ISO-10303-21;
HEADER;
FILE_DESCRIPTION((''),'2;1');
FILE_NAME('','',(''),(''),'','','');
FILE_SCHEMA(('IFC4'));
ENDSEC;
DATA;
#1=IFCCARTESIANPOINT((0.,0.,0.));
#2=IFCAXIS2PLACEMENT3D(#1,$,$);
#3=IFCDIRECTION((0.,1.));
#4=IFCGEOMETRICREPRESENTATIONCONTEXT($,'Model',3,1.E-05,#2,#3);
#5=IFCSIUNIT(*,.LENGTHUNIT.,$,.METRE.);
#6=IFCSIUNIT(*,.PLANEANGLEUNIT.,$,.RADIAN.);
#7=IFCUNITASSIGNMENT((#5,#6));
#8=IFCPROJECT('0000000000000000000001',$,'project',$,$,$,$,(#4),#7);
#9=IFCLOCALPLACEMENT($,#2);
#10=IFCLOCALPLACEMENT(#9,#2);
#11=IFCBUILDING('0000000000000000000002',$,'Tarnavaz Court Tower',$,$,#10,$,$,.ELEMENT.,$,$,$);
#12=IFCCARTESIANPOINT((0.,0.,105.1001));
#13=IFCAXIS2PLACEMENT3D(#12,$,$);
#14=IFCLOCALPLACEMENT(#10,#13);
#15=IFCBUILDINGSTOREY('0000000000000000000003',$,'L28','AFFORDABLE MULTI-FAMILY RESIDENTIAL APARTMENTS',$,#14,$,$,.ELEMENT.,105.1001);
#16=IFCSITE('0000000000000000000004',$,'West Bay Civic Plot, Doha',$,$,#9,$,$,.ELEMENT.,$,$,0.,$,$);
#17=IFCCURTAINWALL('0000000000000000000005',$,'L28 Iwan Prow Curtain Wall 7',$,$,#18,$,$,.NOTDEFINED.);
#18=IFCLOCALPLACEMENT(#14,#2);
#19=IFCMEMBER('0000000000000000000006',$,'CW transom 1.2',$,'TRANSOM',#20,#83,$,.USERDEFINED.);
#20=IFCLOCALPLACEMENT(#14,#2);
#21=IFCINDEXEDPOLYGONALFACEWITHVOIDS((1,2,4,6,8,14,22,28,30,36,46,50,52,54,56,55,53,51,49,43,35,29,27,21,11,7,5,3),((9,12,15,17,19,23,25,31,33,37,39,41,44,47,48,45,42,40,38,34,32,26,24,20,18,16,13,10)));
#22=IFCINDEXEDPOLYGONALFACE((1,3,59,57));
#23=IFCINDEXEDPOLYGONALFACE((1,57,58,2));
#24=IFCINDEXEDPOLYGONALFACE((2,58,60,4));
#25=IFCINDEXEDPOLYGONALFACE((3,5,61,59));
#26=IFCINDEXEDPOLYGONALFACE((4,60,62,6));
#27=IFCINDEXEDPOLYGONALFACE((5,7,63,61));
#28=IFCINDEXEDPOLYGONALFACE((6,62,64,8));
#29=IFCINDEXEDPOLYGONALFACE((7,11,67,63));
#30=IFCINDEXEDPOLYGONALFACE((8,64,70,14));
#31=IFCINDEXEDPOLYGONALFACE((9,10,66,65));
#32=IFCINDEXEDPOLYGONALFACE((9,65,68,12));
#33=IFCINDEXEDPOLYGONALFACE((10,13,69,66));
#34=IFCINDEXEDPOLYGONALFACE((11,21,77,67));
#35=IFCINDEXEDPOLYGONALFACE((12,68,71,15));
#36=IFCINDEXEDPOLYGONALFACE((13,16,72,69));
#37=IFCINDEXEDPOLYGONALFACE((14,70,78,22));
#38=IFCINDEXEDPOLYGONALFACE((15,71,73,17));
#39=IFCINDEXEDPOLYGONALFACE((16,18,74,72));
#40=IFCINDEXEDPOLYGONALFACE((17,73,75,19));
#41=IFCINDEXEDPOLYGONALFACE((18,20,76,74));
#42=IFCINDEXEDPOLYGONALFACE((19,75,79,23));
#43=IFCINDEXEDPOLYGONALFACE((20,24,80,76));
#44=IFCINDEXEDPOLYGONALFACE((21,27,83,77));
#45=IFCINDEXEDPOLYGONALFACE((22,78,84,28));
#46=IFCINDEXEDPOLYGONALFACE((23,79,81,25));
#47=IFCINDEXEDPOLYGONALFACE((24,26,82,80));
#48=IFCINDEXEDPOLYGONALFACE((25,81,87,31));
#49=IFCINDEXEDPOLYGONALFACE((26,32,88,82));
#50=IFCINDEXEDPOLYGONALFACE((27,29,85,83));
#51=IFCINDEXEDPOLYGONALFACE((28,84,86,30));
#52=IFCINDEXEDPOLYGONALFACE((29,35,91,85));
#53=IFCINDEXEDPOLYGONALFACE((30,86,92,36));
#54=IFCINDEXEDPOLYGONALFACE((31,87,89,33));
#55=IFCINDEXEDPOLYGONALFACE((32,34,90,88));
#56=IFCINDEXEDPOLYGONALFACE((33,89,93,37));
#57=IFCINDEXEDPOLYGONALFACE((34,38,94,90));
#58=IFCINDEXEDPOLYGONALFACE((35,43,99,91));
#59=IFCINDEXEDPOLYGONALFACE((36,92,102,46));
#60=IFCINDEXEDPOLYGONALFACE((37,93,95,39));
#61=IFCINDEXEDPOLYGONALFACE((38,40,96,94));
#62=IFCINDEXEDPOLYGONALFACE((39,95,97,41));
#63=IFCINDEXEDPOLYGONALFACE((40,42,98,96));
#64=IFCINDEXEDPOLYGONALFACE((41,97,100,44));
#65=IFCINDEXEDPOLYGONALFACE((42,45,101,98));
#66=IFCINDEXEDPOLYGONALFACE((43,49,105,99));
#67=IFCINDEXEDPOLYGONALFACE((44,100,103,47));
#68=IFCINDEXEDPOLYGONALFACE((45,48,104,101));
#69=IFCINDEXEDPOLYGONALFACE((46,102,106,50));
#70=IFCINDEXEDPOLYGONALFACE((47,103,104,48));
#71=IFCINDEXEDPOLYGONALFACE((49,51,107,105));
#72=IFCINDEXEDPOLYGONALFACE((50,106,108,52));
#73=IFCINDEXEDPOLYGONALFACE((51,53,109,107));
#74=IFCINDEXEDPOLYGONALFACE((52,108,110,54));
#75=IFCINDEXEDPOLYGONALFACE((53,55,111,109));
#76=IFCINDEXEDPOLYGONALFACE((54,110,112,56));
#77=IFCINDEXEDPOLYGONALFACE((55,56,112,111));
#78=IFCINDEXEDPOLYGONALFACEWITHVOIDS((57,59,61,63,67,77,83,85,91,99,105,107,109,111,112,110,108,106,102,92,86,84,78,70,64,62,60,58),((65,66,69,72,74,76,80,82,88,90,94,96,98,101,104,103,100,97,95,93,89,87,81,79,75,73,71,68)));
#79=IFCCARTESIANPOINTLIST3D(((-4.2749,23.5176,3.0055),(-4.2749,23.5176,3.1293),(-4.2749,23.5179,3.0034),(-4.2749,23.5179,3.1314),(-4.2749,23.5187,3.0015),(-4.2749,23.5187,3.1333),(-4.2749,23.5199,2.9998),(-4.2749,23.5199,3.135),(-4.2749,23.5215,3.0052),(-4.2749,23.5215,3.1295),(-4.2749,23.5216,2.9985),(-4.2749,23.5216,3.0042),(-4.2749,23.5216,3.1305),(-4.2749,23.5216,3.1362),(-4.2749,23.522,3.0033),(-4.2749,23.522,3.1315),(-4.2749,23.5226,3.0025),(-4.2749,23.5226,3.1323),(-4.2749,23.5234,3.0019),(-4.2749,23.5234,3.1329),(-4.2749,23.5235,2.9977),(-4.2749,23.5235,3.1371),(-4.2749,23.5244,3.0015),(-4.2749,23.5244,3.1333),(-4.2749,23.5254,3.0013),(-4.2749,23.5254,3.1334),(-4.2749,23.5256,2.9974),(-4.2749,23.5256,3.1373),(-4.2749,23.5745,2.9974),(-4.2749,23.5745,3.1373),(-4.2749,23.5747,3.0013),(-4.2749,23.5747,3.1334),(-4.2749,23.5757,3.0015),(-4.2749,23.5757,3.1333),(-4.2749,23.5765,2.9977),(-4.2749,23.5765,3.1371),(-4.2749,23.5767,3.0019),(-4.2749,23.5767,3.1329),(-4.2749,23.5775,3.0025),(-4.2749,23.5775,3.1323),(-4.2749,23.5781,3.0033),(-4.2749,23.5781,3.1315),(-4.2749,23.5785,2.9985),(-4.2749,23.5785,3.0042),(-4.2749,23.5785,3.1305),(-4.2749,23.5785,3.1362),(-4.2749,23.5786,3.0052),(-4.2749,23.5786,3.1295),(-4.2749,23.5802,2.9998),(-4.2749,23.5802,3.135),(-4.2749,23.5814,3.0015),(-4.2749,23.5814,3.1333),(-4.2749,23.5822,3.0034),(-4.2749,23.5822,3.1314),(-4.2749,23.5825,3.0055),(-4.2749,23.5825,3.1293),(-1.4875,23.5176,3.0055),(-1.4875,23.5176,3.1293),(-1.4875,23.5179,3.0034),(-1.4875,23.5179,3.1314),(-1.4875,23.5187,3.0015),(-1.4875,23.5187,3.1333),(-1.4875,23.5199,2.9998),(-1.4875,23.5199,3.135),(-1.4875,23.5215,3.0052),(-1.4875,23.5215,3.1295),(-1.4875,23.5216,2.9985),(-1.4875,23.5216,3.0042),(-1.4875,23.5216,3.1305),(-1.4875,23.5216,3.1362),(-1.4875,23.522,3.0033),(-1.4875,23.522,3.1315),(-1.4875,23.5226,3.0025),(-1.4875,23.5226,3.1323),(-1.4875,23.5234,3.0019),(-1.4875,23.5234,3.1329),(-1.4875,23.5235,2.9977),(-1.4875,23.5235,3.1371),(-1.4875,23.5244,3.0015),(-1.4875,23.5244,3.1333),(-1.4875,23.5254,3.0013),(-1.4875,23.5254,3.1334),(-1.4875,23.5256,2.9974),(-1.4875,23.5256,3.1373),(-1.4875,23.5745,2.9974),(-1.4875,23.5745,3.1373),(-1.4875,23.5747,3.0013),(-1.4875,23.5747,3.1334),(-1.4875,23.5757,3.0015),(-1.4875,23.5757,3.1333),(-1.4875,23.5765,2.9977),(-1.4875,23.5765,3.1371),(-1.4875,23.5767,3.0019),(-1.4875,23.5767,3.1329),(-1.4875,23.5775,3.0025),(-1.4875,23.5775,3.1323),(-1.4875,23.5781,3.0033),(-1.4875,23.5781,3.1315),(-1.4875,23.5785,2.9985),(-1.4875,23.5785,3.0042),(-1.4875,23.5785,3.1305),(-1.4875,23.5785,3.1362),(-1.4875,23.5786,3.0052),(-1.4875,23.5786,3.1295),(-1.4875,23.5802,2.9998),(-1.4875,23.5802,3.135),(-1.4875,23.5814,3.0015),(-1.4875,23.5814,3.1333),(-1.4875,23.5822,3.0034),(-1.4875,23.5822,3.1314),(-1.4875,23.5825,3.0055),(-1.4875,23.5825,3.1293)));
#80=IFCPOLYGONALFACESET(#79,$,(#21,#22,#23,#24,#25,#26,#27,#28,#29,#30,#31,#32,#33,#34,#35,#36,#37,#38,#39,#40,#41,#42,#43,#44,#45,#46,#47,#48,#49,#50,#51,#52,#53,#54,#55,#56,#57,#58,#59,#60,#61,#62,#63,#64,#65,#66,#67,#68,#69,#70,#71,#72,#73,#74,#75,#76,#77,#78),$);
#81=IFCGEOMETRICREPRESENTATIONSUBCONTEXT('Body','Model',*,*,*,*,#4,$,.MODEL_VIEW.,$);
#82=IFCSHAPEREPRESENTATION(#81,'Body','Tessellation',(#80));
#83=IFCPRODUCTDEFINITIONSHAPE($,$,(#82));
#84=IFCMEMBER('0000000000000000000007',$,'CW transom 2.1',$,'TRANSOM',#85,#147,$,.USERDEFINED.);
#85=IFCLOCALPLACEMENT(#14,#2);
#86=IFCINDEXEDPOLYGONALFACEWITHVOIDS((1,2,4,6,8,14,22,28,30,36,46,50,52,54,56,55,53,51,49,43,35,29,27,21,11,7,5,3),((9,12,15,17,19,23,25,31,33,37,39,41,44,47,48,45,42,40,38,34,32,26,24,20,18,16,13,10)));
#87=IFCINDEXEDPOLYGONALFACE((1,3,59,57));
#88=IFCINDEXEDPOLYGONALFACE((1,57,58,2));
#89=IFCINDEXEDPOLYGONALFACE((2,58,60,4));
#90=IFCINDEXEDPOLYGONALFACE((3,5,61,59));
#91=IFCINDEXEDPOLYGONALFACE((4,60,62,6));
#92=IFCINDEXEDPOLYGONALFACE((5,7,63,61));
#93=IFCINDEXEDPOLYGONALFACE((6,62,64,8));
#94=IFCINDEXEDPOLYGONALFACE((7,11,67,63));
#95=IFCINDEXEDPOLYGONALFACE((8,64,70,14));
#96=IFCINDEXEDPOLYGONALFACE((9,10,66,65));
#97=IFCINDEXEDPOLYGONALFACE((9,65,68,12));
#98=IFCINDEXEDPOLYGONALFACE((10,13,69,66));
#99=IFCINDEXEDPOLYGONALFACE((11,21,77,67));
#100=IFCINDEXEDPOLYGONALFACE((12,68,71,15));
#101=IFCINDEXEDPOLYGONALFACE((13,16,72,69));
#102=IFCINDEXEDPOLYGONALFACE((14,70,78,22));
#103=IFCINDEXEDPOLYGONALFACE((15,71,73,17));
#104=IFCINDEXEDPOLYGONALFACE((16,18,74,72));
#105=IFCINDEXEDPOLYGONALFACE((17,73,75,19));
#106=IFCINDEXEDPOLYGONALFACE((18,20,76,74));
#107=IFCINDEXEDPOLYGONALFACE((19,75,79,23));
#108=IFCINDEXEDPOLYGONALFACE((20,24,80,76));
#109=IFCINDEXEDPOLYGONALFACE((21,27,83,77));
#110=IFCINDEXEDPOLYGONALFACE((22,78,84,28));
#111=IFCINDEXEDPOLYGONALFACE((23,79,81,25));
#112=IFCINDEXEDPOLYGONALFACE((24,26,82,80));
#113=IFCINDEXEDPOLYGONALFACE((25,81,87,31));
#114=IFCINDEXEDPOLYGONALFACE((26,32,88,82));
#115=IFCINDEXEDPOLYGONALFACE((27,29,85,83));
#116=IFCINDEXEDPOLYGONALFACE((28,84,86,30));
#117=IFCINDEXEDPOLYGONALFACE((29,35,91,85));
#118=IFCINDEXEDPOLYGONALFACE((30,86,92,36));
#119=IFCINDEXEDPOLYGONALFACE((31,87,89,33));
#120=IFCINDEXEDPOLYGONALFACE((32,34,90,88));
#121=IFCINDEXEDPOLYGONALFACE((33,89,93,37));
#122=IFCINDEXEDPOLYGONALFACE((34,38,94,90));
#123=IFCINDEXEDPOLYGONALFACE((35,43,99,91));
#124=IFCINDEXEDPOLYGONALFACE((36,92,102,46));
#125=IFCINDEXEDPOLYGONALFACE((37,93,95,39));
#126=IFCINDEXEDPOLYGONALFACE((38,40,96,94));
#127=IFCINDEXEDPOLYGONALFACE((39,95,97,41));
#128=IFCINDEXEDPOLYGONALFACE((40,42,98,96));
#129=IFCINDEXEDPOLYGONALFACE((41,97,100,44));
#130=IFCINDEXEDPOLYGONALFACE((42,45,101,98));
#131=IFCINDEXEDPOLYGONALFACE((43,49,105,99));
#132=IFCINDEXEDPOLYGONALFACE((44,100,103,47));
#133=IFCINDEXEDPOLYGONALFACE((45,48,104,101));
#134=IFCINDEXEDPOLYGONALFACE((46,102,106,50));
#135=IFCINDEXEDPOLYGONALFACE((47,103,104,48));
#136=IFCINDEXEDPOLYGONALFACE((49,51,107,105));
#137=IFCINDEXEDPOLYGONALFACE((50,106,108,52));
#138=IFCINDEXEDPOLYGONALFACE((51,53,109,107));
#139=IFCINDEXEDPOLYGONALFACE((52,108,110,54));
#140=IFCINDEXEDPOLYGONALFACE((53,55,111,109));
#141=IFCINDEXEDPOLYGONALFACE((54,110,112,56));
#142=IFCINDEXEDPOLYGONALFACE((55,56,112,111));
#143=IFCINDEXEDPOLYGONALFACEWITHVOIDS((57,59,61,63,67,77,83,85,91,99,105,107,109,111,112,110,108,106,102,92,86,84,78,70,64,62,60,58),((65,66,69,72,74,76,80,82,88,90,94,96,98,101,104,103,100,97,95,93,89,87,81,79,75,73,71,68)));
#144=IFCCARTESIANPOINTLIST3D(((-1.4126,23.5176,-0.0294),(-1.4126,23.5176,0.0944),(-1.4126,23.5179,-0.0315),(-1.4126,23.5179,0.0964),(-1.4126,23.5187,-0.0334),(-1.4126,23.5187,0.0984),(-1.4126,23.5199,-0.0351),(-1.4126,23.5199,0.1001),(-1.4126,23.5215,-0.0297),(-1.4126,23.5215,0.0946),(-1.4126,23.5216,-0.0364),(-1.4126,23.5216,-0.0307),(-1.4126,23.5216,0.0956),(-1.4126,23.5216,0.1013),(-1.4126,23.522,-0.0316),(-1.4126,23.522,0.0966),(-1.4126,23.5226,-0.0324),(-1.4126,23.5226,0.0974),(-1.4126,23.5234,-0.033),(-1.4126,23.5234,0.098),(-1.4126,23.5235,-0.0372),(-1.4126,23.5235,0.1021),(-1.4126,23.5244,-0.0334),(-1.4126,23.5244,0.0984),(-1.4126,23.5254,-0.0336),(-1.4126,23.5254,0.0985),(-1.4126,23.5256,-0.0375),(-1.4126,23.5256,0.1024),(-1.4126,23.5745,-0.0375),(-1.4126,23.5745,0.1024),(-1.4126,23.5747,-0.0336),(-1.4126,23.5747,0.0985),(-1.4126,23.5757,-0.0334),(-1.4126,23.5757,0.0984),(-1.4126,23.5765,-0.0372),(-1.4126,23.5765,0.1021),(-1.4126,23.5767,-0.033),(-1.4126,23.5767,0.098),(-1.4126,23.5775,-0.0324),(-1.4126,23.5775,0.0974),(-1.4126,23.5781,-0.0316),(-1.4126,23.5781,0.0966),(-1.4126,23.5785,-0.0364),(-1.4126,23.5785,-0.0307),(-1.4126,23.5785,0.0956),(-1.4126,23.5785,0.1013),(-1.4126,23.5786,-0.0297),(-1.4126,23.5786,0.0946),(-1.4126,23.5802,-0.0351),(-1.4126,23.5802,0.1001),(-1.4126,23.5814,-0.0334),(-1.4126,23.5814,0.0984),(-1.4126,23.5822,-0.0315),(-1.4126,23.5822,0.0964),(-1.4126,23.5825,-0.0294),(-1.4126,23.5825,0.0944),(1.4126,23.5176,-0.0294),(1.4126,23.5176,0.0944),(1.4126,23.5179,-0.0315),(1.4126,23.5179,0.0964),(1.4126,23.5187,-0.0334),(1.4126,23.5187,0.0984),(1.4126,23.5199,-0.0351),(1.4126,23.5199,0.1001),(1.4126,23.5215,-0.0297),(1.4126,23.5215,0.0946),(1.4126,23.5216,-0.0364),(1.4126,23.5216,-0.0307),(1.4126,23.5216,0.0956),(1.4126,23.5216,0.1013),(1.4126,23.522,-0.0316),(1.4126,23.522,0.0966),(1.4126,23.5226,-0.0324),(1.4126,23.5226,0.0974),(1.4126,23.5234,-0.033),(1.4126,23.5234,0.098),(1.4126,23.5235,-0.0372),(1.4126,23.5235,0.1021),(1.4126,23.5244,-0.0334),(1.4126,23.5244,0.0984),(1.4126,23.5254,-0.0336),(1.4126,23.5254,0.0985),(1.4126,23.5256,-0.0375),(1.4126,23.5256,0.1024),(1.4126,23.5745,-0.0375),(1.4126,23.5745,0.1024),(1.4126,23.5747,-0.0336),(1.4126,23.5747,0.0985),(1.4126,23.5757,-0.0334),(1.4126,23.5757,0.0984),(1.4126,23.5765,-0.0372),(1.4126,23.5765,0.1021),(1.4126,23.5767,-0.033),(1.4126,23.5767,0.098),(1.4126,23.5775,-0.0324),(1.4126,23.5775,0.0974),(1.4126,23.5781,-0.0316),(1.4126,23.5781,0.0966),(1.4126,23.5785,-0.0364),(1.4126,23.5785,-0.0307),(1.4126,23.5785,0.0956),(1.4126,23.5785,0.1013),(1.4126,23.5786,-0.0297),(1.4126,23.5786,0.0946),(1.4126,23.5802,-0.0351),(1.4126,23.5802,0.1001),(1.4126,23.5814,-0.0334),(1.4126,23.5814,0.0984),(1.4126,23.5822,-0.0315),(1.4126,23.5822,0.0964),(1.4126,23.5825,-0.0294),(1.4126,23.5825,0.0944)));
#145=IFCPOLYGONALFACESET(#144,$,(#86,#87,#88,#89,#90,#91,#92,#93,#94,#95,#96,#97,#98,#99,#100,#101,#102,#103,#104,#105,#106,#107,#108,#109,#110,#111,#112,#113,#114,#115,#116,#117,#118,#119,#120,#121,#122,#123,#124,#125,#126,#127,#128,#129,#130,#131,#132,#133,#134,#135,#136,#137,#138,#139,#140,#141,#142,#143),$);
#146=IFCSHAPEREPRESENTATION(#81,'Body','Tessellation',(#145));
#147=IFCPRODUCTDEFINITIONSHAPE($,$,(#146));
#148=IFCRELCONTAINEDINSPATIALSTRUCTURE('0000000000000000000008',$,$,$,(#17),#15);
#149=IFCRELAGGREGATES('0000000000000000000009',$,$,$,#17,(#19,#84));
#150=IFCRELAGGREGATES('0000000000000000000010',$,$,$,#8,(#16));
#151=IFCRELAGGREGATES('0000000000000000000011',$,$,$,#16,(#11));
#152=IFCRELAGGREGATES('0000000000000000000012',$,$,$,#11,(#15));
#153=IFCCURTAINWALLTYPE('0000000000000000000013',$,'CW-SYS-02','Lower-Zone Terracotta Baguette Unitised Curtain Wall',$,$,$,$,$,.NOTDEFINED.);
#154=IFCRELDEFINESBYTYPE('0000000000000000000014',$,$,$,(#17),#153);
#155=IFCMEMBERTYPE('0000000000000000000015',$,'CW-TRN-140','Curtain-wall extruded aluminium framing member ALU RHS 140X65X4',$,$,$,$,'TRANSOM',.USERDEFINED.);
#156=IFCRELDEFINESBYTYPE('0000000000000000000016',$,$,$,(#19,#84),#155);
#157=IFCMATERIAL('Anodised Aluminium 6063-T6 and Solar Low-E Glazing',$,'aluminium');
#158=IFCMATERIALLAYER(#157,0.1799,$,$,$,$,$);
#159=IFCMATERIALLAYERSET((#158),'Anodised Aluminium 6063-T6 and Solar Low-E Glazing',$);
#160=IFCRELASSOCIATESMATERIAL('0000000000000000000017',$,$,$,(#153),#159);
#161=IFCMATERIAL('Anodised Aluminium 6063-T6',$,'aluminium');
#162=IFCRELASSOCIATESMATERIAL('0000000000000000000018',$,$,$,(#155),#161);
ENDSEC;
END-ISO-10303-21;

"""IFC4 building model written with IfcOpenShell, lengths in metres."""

from ifc_helpers import new_model, si_unit, direction, frame, origin, origin_2d, place, context, subcontext, project, spatial, hollow_rectangle, extrude, material, layer, layer_set, material_profile, profile_set, type_object, element, aggregate, save


model = new_model("IFC4")

# Units and contexts
model_context = context("Model", 3, precision=1e-05, world=origin(), true_north=direction((0.0, 1.0)))
body_context = subcontext(model_context, "Body", "Model", "MODEL_VIEW")
ifc_project = project(units=[si_unit("LENGTHUNIT", "METRE"), si_unit("PLANEANGLEUNIT", "RADIAN")], contexts=[model_context])

# Site, building, storey
site_placement = place(None, origin())
site = spatial("IfcSite", under=ifc_project, at=site_placement, Name="West Bay Civic Plot, Doha", CompositionType="ELEMENT", RefElevation=0.0)
building_placement = place(site_placement, origin())
building = spatial("IfcBuilding", under=site, at=building_placement, Name="Tarnavaz Court Tower", CompositionType="ELEMENT")
storey_placement = place(building_placement, frame((0.0, 0.0, 105.1001)))
storey = spatial("IfcBuildingStorey", under=building, at=storey_placement, Name="L28", Description="AFFORDABLE MULTI-FAMILY RESIDENTIAL APARTMENTS", CompositionType="ELEMENT", Elevation=105.1001)

# Curtain wall, members
ifc_material_1 = material(Name="Anodised Aluminium 6063-T6 and Solar Low-E Glazing", Category="aluminium")
ifc_layer_1 = layer(ifc_material_1, 0.1799)
ifc_layer_set_1 = layer_set([ifc_layer_1], Name="Anodised Aluminium 6063-T6 and Solar Low-E Glazing")
curtain_wall_type = type_object("IfcCurtainWallType", Name="CW-SYS-02", Description="Lower-Zone Terracotta Baguette Unitised Curtain Wall", PredefinedType="NOTDEFINED", material=ifc_layer_set_1)
curtain_wall_placement = place(storey_placement, origin())
curtain_wall = element("IfcCurtainWall", 1, at=curtain_wall_placement, inside=storey, type_object=curtain_wall_type, Name="L28 Iwan Prow Curtain Wall 7", PredefinedType="NOTDEFINED")
ifc_material_2 = material(Name="Anodised Aluminium 6063-T6", Category="aluminium")
ifc_material_profile_1 = material_profile(ifc_material_2, hollow_rectangle(XDim=0.0649, YDim=0.1399, WallThickness=0.0039, InnerFilletRadius=0.0039, OuterFilletRadius=0.0081, at=origin_2d()), Name="ALU RHS 140X65X4")
ifc_profile_set_1 = profile_set([ifc_material_profile_1], Name="Anodised Aluminium 6063-T6")
member_type_1 = type_object("IfcMemberType", Name="CW-TRN-140", Description="Curtain-wall extruded aluminium framing member ALU RHS 140X65X4", ElementType="TRANSOM", PredefinedType="USERDEFINED", material=ifc_profile_set_1)
member_1_placement = place(storey_placement, frame((-4.2749, 23.55, 3.0674), z_axis=(1.0, 0.0, 0.0), x_axis=(0.0, 1.0, 0.0)))
member_1 = element("IfcMember", 2, at=member_1_placement, type_object=member_type_1, Name="CW transom 1.2", ObjectType="TRANSOM", PredefinedType="USERDEFINED", context=body_context, shape_type="SweptSolid", body=[
    extrude(hollow_rectangle(XDim=0.0649, YDim=0.1399, WallThickness=0.0039, InnerFilletRadius=0.0039, OuterFilletRadius=0.0081, at=origin_2d()), origin(), (0.0, 0.0, 1.0), 2.7874),
])
member_2_placement = place(storey_placement, frame((-1.4126, 23.55, 0.0325), z_axis=(1.0, 0.0, 0.0), x_axis=(0.0, 1.0, 0.0)))
member_2 = element("IfcMember", 3, at=member_2_placement, type_object=member_type_1, Name="CW transom 2.1", ObjectType="TRANSOM", PredefinedType="USERDEFINED", context=body_context, shape_type="SweptSolid", body=[
    extrude(hollow_rectangle(XDim=0.0649, YDim=0.1399, WallThickness=0.0039, InnerFilletRadius=0.0039, OuterFilletRadius=0.0081, at=origin_2d()), origin(), (0.0, 0.0, 1.0), 2.8252),
])
aggregate(curtain_wall, [member_1, member_2])

save(model, "model.ifc")
